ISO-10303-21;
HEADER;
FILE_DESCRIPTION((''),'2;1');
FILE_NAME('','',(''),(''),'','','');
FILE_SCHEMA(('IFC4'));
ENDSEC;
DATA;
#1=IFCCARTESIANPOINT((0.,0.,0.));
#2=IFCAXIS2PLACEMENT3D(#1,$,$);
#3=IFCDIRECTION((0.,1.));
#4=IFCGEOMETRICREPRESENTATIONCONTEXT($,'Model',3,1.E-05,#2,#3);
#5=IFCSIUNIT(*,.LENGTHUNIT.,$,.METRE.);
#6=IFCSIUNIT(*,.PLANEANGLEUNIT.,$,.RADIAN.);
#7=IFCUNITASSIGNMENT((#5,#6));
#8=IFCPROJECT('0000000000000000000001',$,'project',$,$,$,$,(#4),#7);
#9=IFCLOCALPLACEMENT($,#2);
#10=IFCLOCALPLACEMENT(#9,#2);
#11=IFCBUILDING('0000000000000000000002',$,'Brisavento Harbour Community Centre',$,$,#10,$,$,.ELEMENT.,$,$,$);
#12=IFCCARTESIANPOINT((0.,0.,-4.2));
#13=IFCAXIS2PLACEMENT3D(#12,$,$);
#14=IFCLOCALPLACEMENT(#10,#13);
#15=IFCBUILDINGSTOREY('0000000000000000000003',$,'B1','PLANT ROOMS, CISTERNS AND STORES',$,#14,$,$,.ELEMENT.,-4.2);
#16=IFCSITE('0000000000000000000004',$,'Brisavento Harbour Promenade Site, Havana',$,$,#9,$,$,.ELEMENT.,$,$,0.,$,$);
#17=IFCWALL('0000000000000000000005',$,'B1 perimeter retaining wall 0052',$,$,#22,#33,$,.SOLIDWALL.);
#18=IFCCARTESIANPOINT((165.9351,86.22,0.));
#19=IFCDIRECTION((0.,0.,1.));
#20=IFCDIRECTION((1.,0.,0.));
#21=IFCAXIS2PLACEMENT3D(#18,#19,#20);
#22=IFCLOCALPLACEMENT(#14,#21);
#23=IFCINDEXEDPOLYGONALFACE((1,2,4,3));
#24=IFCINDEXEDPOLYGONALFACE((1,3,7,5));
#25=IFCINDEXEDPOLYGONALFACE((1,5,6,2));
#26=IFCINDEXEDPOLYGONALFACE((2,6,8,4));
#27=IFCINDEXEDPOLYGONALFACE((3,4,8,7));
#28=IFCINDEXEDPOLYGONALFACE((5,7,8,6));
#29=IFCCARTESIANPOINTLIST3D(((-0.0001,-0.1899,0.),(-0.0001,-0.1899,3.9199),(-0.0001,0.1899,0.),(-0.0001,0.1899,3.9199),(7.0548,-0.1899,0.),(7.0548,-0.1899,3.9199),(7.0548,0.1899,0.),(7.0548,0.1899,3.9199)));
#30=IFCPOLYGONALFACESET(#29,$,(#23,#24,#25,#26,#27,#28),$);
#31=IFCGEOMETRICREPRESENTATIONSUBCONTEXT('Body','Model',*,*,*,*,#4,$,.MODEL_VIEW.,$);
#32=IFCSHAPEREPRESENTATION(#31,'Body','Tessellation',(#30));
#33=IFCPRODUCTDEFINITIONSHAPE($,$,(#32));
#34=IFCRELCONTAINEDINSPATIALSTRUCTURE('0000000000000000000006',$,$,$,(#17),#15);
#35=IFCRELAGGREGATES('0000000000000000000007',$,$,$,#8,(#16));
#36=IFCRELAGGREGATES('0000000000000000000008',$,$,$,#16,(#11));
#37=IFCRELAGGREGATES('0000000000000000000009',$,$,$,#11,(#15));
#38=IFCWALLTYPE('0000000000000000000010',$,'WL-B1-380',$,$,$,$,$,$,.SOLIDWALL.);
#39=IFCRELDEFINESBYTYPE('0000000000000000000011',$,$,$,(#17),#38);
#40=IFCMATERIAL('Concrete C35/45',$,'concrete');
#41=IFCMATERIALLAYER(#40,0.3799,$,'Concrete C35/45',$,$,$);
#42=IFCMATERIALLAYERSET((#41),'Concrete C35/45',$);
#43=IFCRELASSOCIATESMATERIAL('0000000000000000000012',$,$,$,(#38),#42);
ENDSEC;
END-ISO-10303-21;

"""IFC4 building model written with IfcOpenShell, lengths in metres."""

from ifc_helpers import new_model, si_unit, direction, frame, frame_2d, origin, place, context, subcontext, project, spatial, rectangle, extrude, material, layer, layer_set, type_object, element, save


model = new_model("IFC4")

# Units and contexts
model_context = context("Model", 3, precision=1e-05, world=origin(), true_north=direction((0.0, 1.0)))
body_context = subcontext(model_context, "Body", "Model", "MODEL_VIEW")
ifc_project = project(units=[si_unit("LENGTHUNIT", "METRE"), si_unit("PLANEANGLEUNIT", "RADIAN")], contexts=[model_context])

# Site, building, storey
site_placement = place(None, origin())
site = spatial("IfcSite", under=ifc_project, at=site_placement, Name="Brisavento Harbour Promenade Site, Havana", CompositionType="ELEMENT", RefElevation=0.0)
building_placement = place(site_placement, origin())
building = spatial("IfcBuilding", under=site, at=building_placement, Name="Brisavento Harbour Community Centre", CompositionType="ELEMENT")
storey_placement = place(building_placement, frame((0.0, 0.0, -4.2)))
storey = spatial("IfcBuildingStorey", under=building, at=storey_placement, Name="B1", Description="PLANT ROOMS, CISTERNS AND STORES", CompositionType="ELEMENT", Elevation=-4.2)

# Shared definitions
ifc_material_1 = material(Name="Concrete C35/45", Category="concrete")

# Wall
ifc_layer_1 = layer(ifc_material_1, 0.3799, Name="Concrete C35/45")
ifc_layer_set_1 = layer_set([ifc_layer_1], Name="Concrete C35/45")
wall_type_1 = type_object("IfcWallType", Name="WL-B1-380", PredefinedType="SOLIDWALL", material=ifc_layer_set_1)
wall_1_placement = place(storey_placement, frame((165.9351, 86.22, 0.0), z_axis=(0.0, 0.0, 1.0), x_axis=(1.0, 0.0, 0.0)))
element("IfcWall", 1, at=wall_1_placement, inside=storey, type_object=wall_type_1, Name="B1 perimeter retaining wall 0052", PredefinedType="SOLIDWALL", context=body_context, shape_type="SweptSolid", body=[
    extrude(rectangle(XDim=7.0549, YDim=0.3799, at=frame_2d((3.5273, 0.0))), origin(), (0.0, 0.0, 1.0), 3.9199),
])

save(model, "model.ifc")
